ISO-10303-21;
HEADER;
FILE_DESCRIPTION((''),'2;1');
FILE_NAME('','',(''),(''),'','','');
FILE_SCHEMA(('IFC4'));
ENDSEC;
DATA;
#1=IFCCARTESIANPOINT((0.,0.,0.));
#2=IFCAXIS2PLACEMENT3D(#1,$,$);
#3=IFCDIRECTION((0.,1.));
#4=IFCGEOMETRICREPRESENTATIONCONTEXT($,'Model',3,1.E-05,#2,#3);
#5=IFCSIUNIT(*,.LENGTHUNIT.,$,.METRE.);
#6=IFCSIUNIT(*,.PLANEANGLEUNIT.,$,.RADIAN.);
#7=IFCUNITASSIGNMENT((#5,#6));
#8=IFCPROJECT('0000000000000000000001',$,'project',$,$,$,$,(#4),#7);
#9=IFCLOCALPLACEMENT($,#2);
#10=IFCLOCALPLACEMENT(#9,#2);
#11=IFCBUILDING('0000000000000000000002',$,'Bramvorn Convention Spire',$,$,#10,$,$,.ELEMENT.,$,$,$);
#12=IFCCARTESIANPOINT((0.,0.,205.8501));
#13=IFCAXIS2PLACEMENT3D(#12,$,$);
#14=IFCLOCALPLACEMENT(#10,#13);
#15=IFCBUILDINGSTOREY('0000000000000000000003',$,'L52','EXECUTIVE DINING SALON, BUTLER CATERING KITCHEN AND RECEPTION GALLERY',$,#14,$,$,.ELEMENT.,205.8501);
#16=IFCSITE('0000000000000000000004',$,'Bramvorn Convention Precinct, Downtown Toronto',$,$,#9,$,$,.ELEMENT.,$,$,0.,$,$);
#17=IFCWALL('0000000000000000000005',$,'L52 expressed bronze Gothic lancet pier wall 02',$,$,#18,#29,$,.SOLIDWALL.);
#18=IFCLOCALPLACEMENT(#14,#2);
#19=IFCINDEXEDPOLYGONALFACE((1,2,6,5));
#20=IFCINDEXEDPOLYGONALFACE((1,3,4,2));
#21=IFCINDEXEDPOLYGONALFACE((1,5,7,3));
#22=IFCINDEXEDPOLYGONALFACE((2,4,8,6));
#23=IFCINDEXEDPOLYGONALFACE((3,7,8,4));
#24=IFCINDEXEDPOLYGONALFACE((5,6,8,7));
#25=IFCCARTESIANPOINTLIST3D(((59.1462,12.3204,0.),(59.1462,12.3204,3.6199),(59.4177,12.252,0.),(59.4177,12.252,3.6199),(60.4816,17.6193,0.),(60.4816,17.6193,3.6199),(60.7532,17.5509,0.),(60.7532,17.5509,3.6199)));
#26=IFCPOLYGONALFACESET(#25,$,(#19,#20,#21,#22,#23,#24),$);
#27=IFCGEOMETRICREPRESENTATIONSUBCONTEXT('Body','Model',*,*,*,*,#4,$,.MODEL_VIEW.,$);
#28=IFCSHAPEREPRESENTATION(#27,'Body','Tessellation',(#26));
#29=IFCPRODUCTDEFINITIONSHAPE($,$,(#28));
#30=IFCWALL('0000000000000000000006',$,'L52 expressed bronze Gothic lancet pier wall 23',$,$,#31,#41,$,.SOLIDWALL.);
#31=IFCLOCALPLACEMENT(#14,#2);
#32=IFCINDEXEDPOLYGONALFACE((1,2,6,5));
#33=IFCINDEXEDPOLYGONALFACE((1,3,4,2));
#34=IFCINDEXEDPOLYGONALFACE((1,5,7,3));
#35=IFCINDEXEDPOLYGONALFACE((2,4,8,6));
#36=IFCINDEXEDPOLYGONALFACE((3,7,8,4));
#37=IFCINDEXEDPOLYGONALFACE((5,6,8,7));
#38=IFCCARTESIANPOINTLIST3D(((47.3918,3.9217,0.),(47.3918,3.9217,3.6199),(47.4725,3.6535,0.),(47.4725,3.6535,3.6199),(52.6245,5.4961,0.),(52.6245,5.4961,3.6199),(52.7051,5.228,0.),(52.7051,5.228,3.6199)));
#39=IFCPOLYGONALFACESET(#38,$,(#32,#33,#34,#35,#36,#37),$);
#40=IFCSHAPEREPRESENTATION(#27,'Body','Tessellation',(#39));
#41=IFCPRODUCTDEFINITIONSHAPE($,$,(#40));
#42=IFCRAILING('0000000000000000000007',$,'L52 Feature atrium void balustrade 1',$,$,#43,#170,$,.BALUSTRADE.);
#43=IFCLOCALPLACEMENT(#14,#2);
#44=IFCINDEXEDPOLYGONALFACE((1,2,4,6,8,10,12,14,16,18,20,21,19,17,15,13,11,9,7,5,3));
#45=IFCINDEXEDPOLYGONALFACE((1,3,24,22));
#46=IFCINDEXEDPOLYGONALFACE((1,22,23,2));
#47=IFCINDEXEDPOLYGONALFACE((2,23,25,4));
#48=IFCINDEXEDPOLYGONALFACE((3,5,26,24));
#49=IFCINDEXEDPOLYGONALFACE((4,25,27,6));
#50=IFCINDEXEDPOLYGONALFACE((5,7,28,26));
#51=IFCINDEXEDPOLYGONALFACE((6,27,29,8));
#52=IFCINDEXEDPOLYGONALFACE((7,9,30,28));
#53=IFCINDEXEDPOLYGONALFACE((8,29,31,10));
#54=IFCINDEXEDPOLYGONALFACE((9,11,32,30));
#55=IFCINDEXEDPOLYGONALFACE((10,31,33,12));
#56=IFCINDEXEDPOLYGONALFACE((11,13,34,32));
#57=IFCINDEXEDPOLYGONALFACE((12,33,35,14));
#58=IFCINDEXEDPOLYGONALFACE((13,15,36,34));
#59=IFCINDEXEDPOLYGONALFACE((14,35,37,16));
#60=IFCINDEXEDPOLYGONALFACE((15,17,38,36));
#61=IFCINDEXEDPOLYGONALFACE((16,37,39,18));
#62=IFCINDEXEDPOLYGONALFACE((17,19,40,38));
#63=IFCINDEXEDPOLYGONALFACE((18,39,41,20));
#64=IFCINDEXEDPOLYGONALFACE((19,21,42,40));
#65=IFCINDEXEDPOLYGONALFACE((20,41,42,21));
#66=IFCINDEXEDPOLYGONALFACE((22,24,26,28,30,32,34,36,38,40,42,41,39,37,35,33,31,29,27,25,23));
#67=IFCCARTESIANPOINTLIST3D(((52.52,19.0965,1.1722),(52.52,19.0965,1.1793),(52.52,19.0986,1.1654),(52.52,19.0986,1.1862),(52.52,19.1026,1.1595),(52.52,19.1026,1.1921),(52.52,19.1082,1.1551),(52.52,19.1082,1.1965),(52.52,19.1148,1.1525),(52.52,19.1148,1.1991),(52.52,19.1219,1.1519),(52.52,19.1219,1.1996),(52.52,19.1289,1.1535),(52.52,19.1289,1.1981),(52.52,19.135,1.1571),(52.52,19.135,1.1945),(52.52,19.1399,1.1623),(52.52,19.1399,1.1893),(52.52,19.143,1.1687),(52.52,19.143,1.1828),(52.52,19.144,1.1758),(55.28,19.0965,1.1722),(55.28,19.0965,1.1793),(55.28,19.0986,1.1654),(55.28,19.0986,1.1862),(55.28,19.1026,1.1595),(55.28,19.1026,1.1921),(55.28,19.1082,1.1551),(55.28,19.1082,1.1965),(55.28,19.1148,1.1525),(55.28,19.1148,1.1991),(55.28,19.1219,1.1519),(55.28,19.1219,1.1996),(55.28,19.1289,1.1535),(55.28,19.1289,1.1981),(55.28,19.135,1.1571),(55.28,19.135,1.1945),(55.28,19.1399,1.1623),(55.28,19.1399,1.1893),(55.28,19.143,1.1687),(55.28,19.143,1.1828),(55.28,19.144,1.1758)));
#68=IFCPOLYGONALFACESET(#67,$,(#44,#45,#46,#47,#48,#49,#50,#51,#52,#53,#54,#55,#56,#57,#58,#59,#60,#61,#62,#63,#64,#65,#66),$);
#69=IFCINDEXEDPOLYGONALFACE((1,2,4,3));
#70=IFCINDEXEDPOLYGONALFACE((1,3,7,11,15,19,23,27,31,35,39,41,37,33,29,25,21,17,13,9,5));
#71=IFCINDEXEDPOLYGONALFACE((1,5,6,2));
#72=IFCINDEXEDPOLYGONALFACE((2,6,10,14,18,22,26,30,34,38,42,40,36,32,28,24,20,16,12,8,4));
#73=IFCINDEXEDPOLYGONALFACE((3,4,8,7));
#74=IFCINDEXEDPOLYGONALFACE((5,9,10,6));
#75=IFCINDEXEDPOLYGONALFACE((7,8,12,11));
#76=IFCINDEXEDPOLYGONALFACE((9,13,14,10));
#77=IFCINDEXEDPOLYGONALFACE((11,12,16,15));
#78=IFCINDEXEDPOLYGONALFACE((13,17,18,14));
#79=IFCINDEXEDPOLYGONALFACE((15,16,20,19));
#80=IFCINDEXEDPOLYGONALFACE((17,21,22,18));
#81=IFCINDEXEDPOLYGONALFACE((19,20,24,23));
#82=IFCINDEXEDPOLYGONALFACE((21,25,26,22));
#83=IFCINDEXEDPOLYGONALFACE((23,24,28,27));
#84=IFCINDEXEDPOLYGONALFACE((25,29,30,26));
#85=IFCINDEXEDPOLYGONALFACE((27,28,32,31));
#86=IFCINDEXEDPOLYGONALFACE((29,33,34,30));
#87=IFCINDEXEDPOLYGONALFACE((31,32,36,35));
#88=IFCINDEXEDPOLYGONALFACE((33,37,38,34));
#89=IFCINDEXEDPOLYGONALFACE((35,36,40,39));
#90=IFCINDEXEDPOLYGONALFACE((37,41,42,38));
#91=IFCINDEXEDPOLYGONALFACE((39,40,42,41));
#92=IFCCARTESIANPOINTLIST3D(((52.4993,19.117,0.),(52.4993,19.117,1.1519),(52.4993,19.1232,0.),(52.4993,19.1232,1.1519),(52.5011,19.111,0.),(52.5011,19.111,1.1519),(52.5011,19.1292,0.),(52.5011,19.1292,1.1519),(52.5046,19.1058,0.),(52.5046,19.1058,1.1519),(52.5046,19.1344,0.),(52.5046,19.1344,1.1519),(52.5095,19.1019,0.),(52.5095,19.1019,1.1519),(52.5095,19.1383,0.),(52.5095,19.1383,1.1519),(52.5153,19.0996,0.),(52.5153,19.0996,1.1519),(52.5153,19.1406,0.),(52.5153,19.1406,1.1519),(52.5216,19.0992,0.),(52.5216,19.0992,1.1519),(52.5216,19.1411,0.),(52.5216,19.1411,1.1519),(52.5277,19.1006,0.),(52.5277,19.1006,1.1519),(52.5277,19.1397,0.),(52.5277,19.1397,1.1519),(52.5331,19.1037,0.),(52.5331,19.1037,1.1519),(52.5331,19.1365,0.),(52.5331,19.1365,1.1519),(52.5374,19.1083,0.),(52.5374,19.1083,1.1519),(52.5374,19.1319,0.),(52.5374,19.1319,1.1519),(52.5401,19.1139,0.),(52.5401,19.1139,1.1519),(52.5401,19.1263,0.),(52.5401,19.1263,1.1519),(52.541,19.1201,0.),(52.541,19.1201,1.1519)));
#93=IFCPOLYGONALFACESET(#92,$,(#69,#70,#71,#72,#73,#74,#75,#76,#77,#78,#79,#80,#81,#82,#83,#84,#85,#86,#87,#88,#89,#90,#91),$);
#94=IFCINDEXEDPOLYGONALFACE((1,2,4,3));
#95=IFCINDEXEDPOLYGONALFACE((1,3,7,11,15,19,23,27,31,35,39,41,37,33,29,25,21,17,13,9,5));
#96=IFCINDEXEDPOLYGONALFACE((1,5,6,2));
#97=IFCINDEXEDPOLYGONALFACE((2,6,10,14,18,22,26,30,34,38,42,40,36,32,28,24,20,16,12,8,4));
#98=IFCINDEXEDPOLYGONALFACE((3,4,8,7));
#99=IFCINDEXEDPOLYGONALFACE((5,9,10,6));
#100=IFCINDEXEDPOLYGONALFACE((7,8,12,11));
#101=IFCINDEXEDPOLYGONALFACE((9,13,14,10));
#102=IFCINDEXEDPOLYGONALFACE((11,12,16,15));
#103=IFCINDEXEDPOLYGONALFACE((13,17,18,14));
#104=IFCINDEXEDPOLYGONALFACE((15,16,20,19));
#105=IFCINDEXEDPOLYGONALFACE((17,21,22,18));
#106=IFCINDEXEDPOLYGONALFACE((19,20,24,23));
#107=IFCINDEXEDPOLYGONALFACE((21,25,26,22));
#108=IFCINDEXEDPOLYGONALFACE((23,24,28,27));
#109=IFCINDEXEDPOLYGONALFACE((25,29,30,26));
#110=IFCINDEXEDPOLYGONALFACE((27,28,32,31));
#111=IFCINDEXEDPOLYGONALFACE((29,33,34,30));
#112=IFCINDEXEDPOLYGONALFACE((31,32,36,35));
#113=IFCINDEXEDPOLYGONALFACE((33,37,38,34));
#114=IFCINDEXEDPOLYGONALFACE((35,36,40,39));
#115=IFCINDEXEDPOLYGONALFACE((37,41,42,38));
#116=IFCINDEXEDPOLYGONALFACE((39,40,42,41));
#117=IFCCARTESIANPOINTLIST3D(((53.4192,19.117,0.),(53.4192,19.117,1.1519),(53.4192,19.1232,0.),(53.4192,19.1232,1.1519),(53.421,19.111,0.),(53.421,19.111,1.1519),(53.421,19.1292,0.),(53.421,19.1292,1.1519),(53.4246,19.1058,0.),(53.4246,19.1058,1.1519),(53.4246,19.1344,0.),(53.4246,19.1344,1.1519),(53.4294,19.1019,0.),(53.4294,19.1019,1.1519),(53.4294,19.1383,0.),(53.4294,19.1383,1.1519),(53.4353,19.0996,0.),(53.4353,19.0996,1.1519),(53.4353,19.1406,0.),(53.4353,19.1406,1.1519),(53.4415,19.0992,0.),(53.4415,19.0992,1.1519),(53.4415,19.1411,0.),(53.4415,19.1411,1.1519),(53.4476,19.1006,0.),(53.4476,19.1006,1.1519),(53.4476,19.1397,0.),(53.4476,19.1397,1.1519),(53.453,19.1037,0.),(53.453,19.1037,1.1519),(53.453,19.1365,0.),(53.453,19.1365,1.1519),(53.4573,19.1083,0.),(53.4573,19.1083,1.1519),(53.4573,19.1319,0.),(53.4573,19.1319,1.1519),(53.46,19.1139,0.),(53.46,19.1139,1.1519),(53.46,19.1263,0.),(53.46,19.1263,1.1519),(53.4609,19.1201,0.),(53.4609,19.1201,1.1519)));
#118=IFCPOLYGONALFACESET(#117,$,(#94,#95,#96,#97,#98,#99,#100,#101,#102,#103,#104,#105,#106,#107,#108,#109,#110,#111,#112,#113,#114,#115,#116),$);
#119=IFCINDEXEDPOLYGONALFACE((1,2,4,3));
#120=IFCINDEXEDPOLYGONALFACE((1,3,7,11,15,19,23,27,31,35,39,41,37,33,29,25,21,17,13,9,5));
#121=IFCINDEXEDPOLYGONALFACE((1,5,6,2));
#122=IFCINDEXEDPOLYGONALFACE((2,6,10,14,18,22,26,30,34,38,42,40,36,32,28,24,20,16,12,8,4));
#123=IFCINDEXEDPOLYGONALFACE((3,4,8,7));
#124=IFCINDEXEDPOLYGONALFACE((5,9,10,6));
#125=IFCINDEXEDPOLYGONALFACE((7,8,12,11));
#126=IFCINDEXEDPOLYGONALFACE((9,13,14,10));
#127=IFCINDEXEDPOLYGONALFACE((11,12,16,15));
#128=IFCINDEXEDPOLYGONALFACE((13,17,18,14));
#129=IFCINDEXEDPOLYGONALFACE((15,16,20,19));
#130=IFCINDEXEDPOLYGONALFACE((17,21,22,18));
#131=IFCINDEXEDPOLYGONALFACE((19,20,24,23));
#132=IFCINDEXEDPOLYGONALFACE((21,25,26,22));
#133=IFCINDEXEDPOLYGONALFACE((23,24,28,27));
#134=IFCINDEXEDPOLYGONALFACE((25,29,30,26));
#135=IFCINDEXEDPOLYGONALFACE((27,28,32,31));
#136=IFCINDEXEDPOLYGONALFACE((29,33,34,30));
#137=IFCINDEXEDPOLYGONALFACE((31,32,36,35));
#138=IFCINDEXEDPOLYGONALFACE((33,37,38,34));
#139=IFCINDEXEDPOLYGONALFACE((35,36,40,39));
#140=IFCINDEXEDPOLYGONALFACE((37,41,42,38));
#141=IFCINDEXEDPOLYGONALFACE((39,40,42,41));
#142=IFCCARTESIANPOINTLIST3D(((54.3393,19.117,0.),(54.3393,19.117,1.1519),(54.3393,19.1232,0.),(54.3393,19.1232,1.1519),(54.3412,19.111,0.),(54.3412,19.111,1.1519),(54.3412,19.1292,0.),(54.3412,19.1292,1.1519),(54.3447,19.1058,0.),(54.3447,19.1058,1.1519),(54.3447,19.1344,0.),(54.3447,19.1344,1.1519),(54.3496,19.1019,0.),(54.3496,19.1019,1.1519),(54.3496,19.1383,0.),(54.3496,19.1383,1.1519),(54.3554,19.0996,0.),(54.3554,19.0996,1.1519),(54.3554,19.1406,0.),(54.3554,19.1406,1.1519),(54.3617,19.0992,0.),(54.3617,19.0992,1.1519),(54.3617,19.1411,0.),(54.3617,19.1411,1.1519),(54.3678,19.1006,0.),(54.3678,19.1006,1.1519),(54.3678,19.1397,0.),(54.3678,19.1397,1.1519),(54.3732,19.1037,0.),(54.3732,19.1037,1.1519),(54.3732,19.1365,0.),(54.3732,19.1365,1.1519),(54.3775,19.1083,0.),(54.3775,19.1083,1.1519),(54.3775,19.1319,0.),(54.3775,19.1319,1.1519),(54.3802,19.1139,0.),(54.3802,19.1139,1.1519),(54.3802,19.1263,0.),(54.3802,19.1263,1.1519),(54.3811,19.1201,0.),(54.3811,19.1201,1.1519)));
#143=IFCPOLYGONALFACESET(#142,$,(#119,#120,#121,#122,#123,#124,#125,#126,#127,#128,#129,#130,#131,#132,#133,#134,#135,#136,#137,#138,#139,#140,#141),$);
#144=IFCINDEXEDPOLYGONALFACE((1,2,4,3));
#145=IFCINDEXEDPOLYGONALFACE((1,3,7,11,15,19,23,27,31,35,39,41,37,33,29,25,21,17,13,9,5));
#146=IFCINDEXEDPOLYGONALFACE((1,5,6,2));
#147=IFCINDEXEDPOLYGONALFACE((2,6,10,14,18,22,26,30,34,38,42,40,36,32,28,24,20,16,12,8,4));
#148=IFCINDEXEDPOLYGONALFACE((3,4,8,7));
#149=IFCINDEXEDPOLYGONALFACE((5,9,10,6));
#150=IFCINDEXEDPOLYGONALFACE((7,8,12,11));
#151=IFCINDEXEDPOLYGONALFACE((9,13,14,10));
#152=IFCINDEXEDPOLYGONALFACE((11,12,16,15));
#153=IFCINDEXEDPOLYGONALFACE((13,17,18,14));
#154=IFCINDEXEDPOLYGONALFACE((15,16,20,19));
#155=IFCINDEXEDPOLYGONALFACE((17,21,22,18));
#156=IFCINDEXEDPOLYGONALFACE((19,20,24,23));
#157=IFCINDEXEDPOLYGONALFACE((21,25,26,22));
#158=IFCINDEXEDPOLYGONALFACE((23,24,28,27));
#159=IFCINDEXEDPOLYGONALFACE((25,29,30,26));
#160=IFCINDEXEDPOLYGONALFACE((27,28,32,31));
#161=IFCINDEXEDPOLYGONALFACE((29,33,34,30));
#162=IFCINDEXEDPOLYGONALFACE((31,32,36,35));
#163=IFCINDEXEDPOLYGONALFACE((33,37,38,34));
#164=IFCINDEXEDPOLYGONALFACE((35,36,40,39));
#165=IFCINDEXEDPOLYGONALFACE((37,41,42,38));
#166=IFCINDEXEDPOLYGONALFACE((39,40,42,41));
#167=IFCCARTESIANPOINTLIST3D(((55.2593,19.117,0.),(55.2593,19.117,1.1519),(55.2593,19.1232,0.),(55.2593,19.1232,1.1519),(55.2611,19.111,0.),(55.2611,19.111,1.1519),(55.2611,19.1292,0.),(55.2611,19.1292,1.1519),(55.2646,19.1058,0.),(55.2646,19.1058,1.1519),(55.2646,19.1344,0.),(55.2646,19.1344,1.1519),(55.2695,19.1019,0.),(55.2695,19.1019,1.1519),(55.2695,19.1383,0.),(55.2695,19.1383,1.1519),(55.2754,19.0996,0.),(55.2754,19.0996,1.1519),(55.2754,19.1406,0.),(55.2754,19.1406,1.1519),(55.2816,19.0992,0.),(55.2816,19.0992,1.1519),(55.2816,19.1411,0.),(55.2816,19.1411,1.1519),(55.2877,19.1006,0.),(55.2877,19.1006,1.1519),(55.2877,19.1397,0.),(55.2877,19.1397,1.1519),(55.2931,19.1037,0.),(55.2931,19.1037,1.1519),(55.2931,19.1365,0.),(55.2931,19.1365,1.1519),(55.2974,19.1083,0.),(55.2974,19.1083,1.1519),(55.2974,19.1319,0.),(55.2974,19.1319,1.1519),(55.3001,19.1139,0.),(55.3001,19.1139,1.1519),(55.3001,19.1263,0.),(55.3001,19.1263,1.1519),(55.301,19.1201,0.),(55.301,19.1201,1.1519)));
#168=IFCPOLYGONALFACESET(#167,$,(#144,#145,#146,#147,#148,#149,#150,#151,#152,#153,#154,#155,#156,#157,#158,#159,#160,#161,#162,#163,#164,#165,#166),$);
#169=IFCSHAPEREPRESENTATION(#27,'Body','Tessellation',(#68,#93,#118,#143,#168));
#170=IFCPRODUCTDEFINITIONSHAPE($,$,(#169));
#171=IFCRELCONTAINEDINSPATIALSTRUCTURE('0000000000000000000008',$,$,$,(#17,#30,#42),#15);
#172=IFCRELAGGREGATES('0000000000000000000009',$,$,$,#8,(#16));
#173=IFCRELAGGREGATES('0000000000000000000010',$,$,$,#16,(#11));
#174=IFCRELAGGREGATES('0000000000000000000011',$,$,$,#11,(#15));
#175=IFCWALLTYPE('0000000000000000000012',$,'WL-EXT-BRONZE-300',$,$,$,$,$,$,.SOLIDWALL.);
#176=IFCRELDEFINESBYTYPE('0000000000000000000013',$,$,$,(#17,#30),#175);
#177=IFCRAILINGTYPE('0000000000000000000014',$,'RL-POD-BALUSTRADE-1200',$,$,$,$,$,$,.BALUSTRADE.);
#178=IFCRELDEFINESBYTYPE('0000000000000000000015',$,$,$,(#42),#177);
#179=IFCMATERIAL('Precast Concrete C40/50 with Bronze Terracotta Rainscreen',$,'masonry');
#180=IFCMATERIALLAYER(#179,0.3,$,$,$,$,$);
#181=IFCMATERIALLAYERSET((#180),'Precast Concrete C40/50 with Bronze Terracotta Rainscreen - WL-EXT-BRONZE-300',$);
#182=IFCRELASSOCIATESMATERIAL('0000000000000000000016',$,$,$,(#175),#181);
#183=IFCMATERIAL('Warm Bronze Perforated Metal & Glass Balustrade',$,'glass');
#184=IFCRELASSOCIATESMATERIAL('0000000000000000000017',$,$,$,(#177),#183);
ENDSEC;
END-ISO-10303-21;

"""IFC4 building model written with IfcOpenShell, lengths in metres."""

from ifc_helpers import new_model, si_unit, direction, frame, frame_2d, origin, origin_2d, place, context, subcontext, project, spatial, rectangle, circle, extrude, material, layer, layer_set, type_object, element, save


model = new_model("IFC4")

# Units and contexts
model_context = context("Model", 3, precision=1e-05, world=origin(), true_north=direction((0.0, 1.0)))
body_context = subcontext(model_context, "Body", "Model", "MODEL_VIEW")
ifc_project = project(units=[si_unit("LENGTHUNIT", "METRE"), si_unit("PLANEANGLEUNIT", "RADIAN")], contexts=[model_context])

# Site, building, storey
site_placement = place(None, origin())
site = spatial("IfcSite", under=ifc_project, at=site_placement, Name="Bramvorn Convention Precinct, Downtown Toronto", CompositionType="ELEMENT", RefElevation=0.0)
building_placement = place(site_placement, origin())
building = spatial("IfcBuilding", under=site, at=building_placement, Name="Bramvorn Convention Spire", CompositionType="ELEMENT")
storey_placement = place(building_placement, frame((0.0, 0.0, 205.8501)))
storey = spatial("IfcBuildingStorey", under=building, at=storey_placement, Name="L52", Description="EXECUTIVE DINING SALON, BUTLER CATERING KITCHEN AND RECEPTION GALLERY", CompositionType="ELEMENT", Elevation=205.8501)

# Walls
ifc_material_1 = material(Name="Precast Concrete C40/50 with Bronze Terracotta Rainscreen", Category="masonry")
ifc_layer_1 = layer(ifc_material_1, 0.3)
ifc_layer_set_1 = layer_set([ifc_layer_1], Name="Precast Concrete C40/50 with Bronze Terracotta Rainscreen - WL-EXT-BRONZE-300")
wall_type = type_object("IfcWallType", Name="WL-EXT-BRONZE-300", PredefinedType="SOLIDWALL", material=ifc_layer_set_1)
wall_1_placement = place(storey_placement, frame((60.6174, 17.5852, 0.0), z_axis=(0.0, 0.0, 1.0), x_axis=(-0.244385, -0.969678, 0.0)))
element("IfcWall", 1, at=wall_1_placement, inside=storey, type_object=wall_type, Name="L52 expressed bronze Gothic lancet pier wall 02", PredefinedType="SOLIDWALL", context=body_context, shape_type="SweptSolid", body=[
    extrude(rectangle(XDim=5.4646, YDim=0.28, at=frame_2d((2.7324, 0.0))), origin(), (0.0, 0.0, 1.0), 3.6199),
])
wall_2_placement = place(storey_placement, frame((52.6648, 5.3621, 0.0), z_axis=(0.0, 0.0, 1.0), x_axis=(-0.957591, -0.288131, 0.0)))
element("IfcWall", 2, at=wall_2_placement, inside=storey, type_object=wall_type, Name="L52 expressed bronze Gothic lancet pier wall 23", PredefinedType="SOLIDWALL", context=body_context, shape_type="SweptSolid", body=[
    extrude(rectangle(XDim=5.4644, YDim=0.28, at=frame_2d((2.7322, 0.0))), origin(), (0.0, 0.0, 1.0), 3.6199),
])

# Railing
ifc_material_2 = material(Name="Warm Bronze Perforated Metal & Glass Balustrade", Category="glass")
railing_type = type_object("IfcRailingType", Name="RL-POD-BALUSTRADE-1200", PredefinedType="BALUSTRADE", material=ifc_material_2)
railing_1_placement = place(storey_placement, frame((52.52, 19.1201, 0.0)))
element("IfcRailing", 3, at=railing_1_placement, inside=storey, type_object=railing_type, Name="L52 Feature atrium void balustrade 1", PredefinedType="BALUSTRADE", context=body_context, shape_type="SweptSolid", body=[
    extrude(circle(Radius=0.0239, at=origin_2d()), frame((0.0, 0.0, 1.1758), z_axis=(1.0, 0.0, 0.0), x_axis=(0.0, 1.0, 0.0)), (0.0, 0.0, 1.0), 2.76),
    extrude(circle(Radius=0.021, at=origin_2d()), origin(), (0.0, 0.0, 1.0), 1.1519),
    extrude(circle(Radius=0.021, at=origin_2d()), frame((0.9199, 0.0, 0.0)), (0.0, 0.0, 1.0), 1.1519),
    extrude(circle(Radius=0.021, at=origin_2d()), frame((1.8401, 0.0, 0.0)), (0.0, 0.0, 1.0), 1.1519),
    extrude(circle(Radius=0.021, at=origin_2d()), frame((2.76, 0.0, 0.0)), (0.0, 0.0, 1.0), 1.1519),
])

save(model, "model.ifc")
